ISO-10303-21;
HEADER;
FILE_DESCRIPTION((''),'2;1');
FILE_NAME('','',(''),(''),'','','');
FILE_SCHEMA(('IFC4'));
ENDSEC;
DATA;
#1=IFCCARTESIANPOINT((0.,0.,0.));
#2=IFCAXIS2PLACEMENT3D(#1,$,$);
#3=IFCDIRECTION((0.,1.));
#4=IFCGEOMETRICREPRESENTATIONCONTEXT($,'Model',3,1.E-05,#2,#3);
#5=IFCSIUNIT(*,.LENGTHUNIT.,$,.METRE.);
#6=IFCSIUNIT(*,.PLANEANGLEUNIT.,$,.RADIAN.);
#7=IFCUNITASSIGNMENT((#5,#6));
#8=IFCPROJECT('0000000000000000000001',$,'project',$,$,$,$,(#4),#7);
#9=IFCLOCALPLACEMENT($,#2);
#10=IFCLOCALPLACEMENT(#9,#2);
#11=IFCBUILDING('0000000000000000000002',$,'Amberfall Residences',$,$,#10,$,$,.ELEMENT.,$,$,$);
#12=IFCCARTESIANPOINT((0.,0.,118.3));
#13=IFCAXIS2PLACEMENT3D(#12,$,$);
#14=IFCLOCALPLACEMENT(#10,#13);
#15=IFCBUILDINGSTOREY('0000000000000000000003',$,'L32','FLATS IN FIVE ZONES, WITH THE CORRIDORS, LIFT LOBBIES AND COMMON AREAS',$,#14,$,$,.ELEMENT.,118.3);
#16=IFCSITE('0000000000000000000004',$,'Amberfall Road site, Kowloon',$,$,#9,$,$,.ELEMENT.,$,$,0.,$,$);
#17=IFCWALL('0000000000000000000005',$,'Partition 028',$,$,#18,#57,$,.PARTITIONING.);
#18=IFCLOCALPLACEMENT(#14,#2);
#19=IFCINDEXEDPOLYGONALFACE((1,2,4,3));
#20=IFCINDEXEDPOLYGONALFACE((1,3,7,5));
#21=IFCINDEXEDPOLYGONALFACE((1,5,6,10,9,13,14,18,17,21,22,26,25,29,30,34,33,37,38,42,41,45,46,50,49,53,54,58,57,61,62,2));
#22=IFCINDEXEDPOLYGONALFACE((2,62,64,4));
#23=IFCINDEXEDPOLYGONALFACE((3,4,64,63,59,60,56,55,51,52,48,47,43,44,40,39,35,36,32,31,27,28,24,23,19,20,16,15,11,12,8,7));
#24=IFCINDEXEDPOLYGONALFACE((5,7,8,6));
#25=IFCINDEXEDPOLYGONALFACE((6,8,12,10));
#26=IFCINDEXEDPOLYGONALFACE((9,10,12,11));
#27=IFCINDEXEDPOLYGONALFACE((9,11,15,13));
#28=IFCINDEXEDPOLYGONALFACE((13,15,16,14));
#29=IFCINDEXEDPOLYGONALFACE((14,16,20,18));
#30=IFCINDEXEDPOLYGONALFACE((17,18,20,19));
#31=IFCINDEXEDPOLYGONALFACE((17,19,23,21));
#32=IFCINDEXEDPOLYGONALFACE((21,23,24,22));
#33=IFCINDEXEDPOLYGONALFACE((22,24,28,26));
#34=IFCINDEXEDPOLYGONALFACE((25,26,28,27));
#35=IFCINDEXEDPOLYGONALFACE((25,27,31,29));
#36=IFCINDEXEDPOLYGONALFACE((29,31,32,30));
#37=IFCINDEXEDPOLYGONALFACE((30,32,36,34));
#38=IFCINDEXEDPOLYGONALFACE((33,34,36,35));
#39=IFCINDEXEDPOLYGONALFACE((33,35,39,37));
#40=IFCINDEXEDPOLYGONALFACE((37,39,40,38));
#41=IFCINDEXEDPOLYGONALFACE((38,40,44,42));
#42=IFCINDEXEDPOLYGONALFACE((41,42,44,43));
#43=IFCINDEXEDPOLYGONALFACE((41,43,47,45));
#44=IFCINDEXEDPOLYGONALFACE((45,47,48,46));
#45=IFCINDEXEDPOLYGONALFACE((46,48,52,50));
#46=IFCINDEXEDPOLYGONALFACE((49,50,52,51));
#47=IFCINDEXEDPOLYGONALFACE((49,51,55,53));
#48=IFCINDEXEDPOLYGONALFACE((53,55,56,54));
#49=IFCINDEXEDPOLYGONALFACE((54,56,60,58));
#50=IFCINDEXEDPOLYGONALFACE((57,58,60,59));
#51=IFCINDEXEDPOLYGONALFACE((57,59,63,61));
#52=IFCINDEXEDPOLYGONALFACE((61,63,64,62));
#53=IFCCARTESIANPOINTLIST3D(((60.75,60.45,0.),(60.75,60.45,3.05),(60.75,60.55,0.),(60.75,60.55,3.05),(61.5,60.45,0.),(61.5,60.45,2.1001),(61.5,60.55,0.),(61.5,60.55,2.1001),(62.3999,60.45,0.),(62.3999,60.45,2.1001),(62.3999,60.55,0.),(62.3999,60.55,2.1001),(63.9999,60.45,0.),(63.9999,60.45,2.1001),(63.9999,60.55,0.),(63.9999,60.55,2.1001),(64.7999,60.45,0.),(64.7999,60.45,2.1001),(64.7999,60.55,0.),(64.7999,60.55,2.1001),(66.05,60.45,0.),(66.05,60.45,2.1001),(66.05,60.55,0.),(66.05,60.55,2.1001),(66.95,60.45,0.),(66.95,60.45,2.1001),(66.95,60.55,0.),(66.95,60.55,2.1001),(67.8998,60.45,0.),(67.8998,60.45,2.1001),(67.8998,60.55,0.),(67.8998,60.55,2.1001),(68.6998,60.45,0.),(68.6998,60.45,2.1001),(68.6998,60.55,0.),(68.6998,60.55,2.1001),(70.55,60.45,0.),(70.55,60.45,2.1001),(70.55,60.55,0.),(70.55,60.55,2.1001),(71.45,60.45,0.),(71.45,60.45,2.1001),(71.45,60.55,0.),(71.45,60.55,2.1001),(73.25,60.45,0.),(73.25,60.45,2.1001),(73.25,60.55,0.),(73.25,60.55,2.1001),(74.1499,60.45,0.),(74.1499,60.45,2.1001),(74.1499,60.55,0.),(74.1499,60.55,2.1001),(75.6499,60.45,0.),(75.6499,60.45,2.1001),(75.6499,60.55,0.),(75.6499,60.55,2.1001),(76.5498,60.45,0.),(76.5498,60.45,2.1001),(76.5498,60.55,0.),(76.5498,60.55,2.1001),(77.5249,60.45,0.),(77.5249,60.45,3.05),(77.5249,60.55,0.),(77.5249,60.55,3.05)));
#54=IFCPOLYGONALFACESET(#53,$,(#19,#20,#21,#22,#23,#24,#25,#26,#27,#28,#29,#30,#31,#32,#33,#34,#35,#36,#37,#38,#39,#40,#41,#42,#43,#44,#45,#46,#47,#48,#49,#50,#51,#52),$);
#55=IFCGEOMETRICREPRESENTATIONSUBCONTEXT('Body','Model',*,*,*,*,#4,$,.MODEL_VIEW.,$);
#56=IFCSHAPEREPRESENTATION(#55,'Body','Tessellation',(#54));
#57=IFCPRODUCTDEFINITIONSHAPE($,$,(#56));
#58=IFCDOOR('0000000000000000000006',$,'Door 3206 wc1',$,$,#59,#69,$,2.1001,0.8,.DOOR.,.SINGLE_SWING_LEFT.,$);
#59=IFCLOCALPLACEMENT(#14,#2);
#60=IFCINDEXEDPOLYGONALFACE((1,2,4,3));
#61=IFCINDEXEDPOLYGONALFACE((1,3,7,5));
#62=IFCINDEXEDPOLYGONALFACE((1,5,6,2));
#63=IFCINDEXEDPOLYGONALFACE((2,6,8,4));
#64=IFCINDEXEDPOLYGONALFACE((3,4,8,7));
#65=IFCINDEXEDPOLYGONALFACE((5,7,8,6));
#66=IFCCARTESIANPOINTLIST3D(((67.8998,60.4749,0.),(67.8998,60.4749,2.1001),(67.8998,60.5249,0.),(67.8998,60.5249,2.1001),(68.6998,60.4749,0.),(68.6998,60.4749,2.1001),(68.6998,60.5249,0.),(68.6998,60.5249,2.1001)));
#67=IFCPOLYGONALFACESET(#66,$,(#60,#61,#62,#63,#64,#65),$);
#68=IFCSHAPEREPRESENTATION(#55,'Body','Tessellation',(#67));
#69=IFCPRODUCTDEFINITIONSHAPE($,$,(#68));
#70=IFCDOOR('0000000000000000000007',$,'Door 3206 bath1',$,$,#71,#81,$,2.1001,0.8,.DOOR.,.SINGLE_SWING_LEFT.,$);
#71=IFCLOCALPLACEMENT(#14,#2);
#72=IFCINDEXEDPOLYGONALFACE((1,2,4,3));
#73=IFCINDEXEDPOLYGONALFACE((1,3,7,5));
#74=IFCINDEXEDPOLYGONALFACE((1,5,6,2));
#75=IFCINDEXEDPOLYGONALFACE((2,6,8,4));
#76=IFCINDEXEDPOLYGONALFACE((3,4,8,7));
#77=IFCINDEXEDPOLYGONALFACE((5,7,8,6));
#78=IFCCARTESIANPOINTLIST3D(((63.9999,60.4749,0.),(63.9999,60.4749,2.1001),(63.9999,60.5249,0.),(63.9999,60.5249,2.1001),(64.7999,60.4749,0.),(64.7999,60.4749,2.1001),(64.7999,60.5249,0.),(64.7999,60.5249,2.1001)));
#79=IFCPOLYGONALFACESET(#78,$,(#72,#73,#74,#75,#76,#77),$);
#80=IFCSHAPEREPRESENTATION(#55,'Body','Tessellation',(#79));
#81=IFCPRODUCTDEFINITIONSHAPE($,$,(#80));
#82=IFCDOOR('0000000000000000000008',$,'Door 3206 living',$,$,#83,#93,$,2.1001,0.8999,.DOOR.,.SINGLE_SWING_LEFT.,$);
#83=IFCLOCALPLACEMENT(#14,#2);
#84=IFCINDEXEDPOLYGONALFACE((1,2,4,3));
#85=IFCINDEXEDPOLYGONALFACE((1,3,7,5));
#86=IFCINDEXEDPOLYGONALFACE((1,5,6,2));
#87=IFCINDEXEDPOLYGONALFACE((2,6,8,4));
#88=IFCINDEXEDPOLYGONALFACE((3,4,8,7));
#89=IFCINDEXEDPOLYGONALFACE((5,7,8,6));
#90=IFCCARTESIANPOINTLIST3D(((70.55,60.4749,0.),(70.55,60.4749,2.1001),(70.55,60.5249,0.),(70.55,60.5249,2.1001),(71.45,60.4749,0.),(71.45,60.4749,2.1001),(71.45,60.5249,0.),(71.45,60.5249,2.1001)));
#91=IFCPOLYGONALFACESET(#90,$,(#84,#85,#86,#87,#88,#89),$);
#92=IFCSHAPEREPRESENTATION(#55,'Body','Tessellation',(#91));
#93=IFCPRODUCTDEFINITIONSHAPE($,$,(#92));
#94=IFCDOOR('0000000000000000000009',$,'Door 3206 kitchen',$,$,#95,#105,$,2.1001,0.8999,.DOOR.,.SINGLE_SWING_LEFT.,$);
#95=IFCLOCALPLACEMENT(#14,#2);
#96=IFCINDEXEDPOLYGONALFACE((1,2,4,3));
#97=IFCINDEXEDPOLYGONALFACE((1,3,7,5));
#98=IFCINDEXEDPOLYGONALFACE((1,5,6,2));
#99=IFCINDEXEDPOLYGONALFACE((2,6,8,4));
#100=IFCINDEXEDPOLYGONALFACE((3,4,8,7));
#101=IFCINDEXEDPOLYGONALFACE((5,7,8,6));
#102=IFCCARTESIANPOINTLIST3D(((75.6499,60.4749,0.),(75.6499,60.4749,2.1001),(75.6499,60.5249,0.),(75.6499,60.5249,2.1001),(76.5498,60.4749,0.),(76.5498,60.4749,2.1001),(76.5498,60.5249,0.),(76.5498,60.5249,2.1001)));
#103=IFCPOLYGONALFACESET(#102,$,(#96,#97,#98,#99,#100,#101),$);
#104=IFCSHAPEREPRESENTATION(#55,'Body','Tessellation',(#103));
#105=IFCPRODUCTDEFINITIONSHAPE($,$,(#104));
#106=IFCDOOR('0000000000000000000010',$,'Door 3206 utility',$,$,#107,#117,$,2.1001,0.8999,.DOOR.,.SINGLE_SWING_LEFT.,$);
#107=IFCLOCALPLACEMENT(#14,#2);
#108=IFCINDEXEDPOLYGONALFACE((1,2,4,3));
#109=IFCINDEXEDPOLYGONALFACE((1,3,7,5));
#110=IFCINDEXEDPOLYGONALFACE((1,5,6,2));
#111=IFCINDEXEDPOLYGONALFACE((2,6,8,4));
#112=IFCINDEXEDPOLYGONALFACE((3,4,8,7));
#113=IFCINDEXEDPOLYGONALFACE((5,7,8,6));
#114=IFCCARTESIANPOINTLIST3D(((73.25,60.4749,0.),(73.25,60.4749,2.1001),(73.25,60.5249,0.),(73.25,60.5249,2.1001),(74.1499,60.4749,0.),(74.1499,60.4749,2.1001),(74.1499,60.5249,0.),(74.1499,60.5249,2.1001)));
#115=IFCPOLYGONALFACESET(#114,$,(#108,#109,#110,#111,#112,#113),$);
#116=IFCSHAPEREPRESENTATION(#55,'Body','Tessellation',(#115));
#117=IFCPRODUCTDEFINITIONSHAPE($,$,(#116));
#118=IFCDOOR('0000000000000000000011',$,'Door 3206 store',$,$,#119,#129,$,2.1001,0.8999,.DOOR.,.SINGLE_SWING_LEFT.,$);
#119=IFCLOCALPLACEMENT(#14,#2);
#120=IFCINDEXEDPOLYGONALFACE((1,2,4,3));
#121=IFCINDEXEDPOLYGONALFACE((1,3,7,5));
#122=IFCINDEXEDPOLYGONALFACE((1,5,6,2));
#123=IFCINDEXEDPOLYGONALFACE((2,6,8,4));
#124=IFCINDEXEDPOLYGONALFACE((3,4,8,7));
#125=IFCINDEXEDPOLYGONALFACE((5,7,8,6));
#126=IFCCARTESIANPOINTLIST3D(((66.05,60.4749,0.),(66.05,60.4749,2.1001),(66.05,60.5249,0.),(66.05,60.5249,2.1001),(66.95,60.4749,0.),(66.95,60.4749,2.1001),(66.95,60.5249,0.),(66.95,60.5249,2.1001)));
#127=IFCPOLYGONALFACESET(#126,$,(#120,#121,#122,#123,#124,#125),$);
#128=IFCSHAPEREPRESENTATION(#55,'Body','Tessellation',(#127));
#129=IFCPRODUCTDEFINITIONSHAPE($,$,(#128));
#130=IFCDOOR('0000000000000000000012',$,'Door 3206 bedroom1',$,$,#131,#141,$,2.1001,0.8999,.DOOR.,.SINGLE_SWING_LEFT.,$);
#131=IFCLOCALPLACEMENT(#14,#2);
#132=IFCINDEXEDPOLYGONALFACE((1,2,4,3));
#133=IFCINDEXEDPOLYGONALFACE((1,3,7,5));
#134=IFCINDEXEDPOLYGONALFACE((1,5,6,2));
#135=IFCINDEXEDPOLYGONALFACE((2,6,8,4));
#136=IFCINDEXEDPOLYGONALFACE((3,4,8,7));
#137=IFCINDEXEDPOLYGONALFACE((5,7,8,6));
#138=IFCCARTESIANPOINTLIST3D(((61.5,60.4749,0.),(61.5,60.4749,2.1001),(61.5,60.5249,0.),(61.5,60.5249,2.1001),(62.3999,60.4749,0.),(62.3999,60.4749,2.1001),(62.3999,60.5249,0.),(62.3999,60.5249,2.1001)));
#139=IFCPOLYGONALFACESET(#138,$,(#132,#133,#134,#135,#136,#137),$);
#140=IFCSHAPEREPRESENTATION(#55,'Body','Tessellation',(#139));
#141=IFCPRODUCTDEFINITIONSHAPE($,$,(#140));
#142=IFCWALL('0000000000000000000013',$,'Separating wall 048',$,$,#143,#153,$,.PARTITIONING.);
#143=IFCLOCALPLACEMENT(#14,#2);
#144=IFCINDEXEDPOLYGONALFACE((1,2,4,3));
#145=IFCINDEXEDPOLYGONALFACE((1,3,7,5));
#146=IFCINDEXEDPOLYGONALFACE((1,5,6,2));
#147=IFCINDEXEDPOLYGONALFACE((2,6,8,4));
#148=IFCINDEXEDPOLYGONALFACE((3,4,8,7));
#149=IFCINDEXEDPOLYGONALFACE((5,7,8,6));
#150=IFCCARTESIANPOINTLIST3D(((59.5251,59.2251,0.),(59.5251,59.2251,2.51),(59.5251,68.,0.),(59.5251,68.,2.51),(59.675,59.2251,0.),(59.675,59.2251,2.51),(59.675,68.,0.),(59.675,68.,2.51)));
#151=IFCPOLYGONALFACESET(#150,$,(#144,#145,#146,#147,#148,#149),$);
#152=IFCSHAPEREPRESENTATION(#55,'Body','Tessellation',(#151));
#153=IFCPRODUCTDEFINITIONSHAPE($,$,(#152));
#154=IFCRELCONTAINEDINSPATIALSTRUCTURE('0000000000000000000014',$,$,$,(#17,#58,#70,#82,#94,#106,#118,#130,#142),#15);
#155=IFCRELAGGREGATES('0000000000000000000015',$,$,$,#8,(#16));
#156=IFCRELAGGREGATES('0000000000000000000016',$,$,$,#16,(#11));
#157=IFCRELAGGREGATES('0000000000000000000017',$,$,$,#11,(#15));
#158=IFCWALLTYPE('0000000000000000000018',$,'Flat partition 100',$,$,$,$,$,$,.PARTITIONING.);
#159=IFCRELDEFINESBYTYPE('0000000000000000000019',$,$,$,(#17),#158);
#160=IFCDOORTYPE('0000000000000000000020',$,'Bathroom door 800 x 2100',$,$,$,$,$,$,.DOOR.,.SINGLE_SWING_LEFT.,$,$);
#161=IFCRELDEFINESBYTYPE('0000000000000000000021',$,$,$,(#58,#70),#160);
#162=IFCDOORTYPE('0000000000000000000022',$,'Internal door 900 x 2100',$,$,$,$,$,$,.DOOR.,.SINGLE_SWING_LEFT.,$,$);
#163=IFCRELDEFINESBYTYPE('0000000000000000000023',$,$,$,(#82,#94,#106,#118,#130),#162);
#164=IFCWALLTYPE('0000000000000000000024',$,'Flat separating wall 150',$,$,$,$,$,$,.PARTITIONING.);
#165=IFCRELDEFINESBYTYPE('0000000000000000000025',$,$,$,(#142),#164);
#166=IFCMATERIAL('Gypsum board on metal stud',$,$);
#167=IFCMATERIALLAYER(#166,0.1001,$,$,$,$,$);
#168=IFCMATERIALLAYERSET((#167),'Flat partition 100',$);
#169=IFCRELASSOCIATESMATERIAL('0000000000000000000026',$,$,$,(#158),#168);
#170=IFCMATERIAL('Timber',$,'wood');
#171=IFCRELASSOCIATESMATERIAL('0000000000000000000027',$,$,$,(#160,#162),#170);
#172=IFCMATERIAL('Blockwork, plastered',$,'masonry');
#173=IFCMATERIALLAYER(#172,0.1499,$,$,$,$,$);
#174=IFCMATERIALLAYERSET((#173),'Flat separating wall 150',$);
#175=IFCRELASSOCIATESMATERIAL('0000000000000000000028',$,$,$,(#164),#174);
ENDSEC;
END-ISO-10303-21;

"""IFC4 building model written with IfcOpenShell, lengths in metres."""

from ifc_helpers import new_model, si_unit, direction, frame, frame_2d, origin, place, context, subcontext, project, spatial, rectangle, extrude, material, layer, layer_set, type_object, element, fill, save


model = new_model("IFC4")

# Units and contexts
model_context = context("Model", 3, precision=1e-05, world=origin(), true_north=direction((0.0, 1.0)))
body_context = subcontext(model_context, "Body", "Model", "MODEL_VIEW")
ifc_project = project(units=[si_unit("LENGTHUNIT", "METRE"), si_unit("PLANEANGLEUNIT", "RADIAN")], contexts=[model_context])

# Site, building, storey
site_placement = place(None, origin())
site = spatial("IfcSite", under=ifc_project, at=site_placement, Name="Amberfall Road site, Kowloon", CompositionType="ELEMENT", RefElevation=0.0)
building_placement = place(site_placement, origin())
building = spatial("IfcBuilding", under=site, at=building_placement, Name="Amberfall Residences", CompositionType="ELEMENT")
storey_placement = place(building_placement, frame((0.0, 0.0, 118.3)))
storey = spatial("IfcBuildingStorey", under=building, at=storey_placement, Name="L32", Description="FLATS IN FIVE ZONES, WITH THE CORRIDORS, LIFT LOBBIES AND COMMON AREAS", CompositionType="ELEMENT", Elevation=118.3)

# Shared definitions
ifc_material_1 = material(Name="Gypsum board on metal stud")
ifc_layer_1 = layer(ifc_material_1, 0.1001)
ifc_layer_set_1 = layer_set([ifc_layer_1], Name="Flat partition 100")
wall_type_1 = type_object("IfcWallType", Name="Flat partition 100", PredefinedType="PARTITIONING", material=ifc_layer_set_1)

# Wall, openings, doors
wall_1_placement = place(storey_placement, frame((60.75, 60.5, 0.0), z_axis=(0.0, 0.0, 1.0), x_axis=(1.0, 0.0, 0.0)))
wall_1 = element("IfcWall", 1, at=wall_1_placement, inside=storey, type_object=wall_type_1, Name="Partition 028", PredefinedType="PARTITIONING", context=body_context, shape_type="SweptSolid", body=[
    extrude(rectangle(XDim=16.7749, YDim=0.1001, at=frame_2d((8.3875, 0.0))), origin(), (0.0, 0.0, 1.0), 3.05),
])
opening_1_placement = place(wall_1_placement, frame((9.8, 0.0, 0.0)))
opening_1 = element("IfcOpeningElement", 2, at=opening_1_placement, cuts=wall_1, PredefinedType="OPENING", context=body_context, shape_type="SweptSolid", body=[
    extrude(rectangle(XDim=0.8999, YDim=2.1001, at=frame_2d((0.45, 1.05))), frame((0.0, 0.0601, 0.0), z_axis=(0.0, -1.0, 0.0), x_axis=(1.0, 0.0, 0.0)), (0.0, 0.0, 1.0), 0.1201),
])
opening_2_placement = place(wall_1_placement, frame((14.8999, 0.0, 0.0)))
opening_2 = element("IfcOpeningElement", 3, at=opening_2_placement, cuts=wall_1, PredefinedType="OPENING", context=body_context, shape_type="SweptSolid", body=[
    extrude(rectangle(XDim=0.8999, YDim=2.1001, at=frame_2d((0.45, 1.05))), frame((0.0, 0.0601, 0.0), z_axis=(0.0, -1.0, 0.0), x_axis=(1.0, 0.0, 0.0)), (0.0, 0.0, 1.0), 0.1201),
])
opening_3_placement = place(wall_1_placement, frame((12.5, 0.0, 0.0)))
opening_3 = element("IfcOpeningElement", 4, at=opening_3_placement, cuts=wall_1, PredefinedType="OPENING", context=body_context, shape_type="SweptSolid", body=[
    extrude(rectangle(XDim=0.8999, YDim=2.1001, at=frame_2d((0.45, 1.05))), frame((0.0, 0.0601, 0.0), z_axis=(0.0, -1.0, 0.0), x_axis=(1.0, 0.0, 0.0)), (0.0, 0.0, 1.0), 0.1201),
])
opening_4_placement = place(wall_1_placement, frame((5.3, 0.0, 0.0)))
opening_4 = element("IfcOpeningElement", 5, at=opening_4_placement, cuts=wall_1, PredefinedType="OPENING", context=body_context, shape_type="SweptSolid", body=[
    extrude(rectangle(XDim=0.8999, YDim=2.1001, at=frame_2d((0.45, 1.05))), frame((0.0, 0.0601, 0.0), z_axis=(0.0, -1.0, 0.0), x_axis=(1.0, 0.0, 0.0)), (0.0, 0.0, 1.0), 0.1201),
])
opening_5_placement = place(wall_1_placement, frame((7.1499, 0.0, 0.0)))
opening_5 = element("IfcOpeningElement", 6, at=opening_5_placement, cuts=wall_1, PredefinedType="OPENING", context=body_context, shape_type="SweptSolid", body=[
    extrude(rectangle(XDim=0.8, YDim=2.1001, at=frame_2d((0.3999, 1.05))), frame((0.0, 0.0601, 0.0), z_axis=(0.0, -1.0, 0.0), x_axis=(1.0, 0.0, 0.0)), (0.0, 0.0, 1.0), 0.1201),
])
opening_6_placement = place(wall_1_placement, frame((0.75, 0.0, 0.0)))
opening_6 = element("IfcOpeningElement", 7, at=opening_6_placement, cuts=wall_1, PredefinedType="OPENING", context=body_context, shape_type="SweptSolid", body=[
    extrude(rectangle(XDim=0.8999, YDim=2.1001, at=frame_2d((0.45, 1.05))), frame((0.0, 0.0601, 0.0), z_axis=(0.0, -1.0, 0.0), x_axis=(1.0, 0.0, 0.0)), (0.0, 0.0, 1.0), 0.1201),
])
opening_7_placement = place(wall_1_placement, frame((3.25, 0.0, 0.0)))
opening_7 = element("IfcOpeningElement", 8, at=opening_7_placement, cuts=wall_1, PredefinedType="OPENING", context=body_context, shape_type="SweptSolid", body=[
    extrude(rectangle(XDim=0.8, YDim=2.1001, at=frame_2d((0.3999, 1.05))), frame((0.0, 0.0601, 0.0), z_axis=(0.0, -1.0, 0.0), x_axis=(1.0, 0.0, 0.0)), (0.0, 0.0, 1.0), 0.1201),
])
ifc_material_2 = material(Name="Timber", Category="wood")
door_type_1 = type_object("IfcDoorType", Name="Bathroom door 800 x 2100", OperationType="SINGLE_SWING_LEFT", PredefinedType="DOOR", material=ifc_material_2)
door_1_placement = place(opening_5_placement, origin())
door_1 = element("IfcDoor", 9, at=door_1_placement, inside=storey, type_object=door_type_1, Name="Door 3206 wc1", OperationType="SINGLE_SWING_LEFT", OverallHeight=2.1001, OverallWidth=0.8, PredefinedType="DOOR", context=body_context, shape_type="SweptSolid", body=[
    extrude(rectangle(XDim=0.8, YDim=2.1001, at=frame_2d((0.3999, 1.05))), frame((0.0, 0.0249, 0.0), z_axis=(0.0, -1.0, 0.0), x_axis=(1.0, 0.0, 0.0)), (0.0, 0.0, 1.0), 0.05),
])
fill(opening_5, door_1)
door_2_placement = place(opening_7_placement, origin())
door_2 = element("IfcDoor", 10, at=door_2_placement, inside=storey, type_object=door_type_1, Name="Door 3206 bath1", OperationType="SINGLE_SWING_LEFT", OverallHeight=2.1001, OverallWidth=0.8, PredefinedType="DOOR", context=body_context, shape_type="SweptSolid", body=[
    extrude(rectangle(XDim=0.8, YDim=2.1001, at=frame_2d((0.3999, 1.05))), frame((0.0, 0.0249, 0.0), z_axis=(0.0, -1.0, 0.0), x_axis=(1.0, 0.0, 0.0)), (0.0, 0.0, 1.0), 0.05),
])
fill(opening_7, door_2)
door_type_2 = type_object("IfcDoorType", Name="Internal door 900 x 2100", OperationType="SINGLE_SWING_LEFT", PredefinedType="DOOR", material=ifc_material_2)
door_3_placement = place(opening_1_placement, origin())
door_3 = element("IfcDoor", 11, at=door_3_placement, inside=storey, type_object=door_type_2, Name="Door 3206 living", OperationType="SINGLE_SWING_LEFT", OverallHeight=2.1001, OverallWidth=0.8999, PredefinedType="DOOR", context=body_context, shape_type="SweptSolid", body=[
    extrude(rectangle(XDim=0.8999, YDim=2.1001, at=frame_2d((0.45, 1.05))), frame((0.0, 0.0249, 0.0), z_axis=(0.0, -1.0, 0.0), x_axis=(1.0, 0.0, 0.0)), (0.0, 0.0, 1.0), 0.05),
])
fill(opening_1, door_3)
door_4_placement = place(opening_2_placement, origin())
door_4 = element("IfcDoor", 12, at=door_4_placement, inside=storey, type_object=door_type_2, Name="Door 3206 kitchen", OperationType="SINGLE_SWING_LEFT", OverallHeight=2.1001, OverallWidth=0.8999, PredefinedType="DOOR", context=body_context, shape_type="SweptSolid", body=[
    extrude(rectangle(XDim=0.8999, YDim=2.1001, at=frame_2d((0.45, 1.05))), frame((0.0, 0.0249, 0.0), z_axis=(0.0, -1.0, 0.0), x_axis=(1.0, 0.0, 0.0)), (0.0, 0.0, 1.0), 0.05),
])
fill(opening_2, door_4)
door_5_placement = place(opening_3_placement, origin())
door_5 = element("IfcDoor", 13, at=door_5_placement, inside=storey, type_object=door_type_2, Name="Door 3206 utility", OperationType="SINGLE_SWING_LEFT", OverallHeight=2.1001, OverallWidth=0.8999, PredefinedType="DOOR", context=body_context, shape_type="SweptSolid", body=[
    extrude(rectangle(XDim=0.8999, YDim=2.1001, at=frame_2d((0.45, 1.05))), frame((0.0, 0.0249, 0.0), z_axis=(0.0, -1.0, 0.0), x_axis=(1.0, 0.0, 0.0)), (0.0, 0.0, 1.0), 0.05),
])
fill(opening_3, door_5)
door_6_placement = place(opening_4_placement, origin())
door_6 = element("IfcDoor", 14, at=door_6_placement, inside=storey, type_object=door_type_2, Name="Door 3206 store", OperationType="SINGLE_SWING_LEFT", OverallHeight=2.1001, OverallWidth=0.8999, PredefinedType="DOOR", context=body_context, shape_type="SweptSolid", body=[
    extrude(rectangle(XDim=0.8999, YDim=2.1001, at=frame_2d((0.45, 1.05))), frame((0.0, 0.0249, 0.0), z_axis=(0.0, -1.0, 0.0), x_axis=(1.0, 0.0, 0.0)), (0.0, 0.0, 1.0), 0.05),
])
fill(opening_4, door_6)
door_7_placement = place(opening_6_placement, origin())
door_7 = element("IfcDoor", 15, at=door_7_placement, inside=storey, type_object=door_type_2, Name="Door 3206 bedroom1", OperationType="SINGLE_SWING_LEFT", OverallHeight=2.1001, OverallWidth=0.8999, PredefinedType="DOOR", context=body_context, shape_type="SweptSolid", body=[
    extrude(rectangle(XDim=0.8999, YDim=2.1001, at=frame_2d((0.45, 1.05))), frame((0.0, 0.0249, 0.0), z_axis=(0.0, -1.0, 0.0), x_axis=(1.0, 0.0, 0.0)), (0.0, 0.0, 1.0), 0.05),
])
fill(opening_6, door_7)

# Wall
ifc_material_3 = material(Name="Blockwork, plastered", Category="masonry")
ifc_layer_2 = layer(ifc_material_3, 0.1499)
ifc_layer_set_2 = layer_set([ifc_layer_2], Name="Flat separating wall 150")
wall_type_2 = type_object("IfcWallType", Name="Flat separating wall 150", PredefinedType="PARTITIONING", material=ifc_layer_set_2)
wall_2_placement = place(storey_placement, frame((59.6001, 59.2251, 0.0), z_axis=(0.0, 0.0, 1.0), x_axis=(0.0, 1.0, 0.0)))
element("IfcWall", 16, at=wall_2_placement, inside=storey, type_object=wall_type_2, Name="Separating wall 048", PredefinedType="PARTITIONING", context=body_context, shape_type="SweptSolid", body=[
    extrude(rectangle(XDim=8.7749, YDim=0.1499, at=frame_2d((4.3875, 0.0))), origin(), (0.0, 0.0, 1.0), 2.51),
])

save(model, "model.ifc")
